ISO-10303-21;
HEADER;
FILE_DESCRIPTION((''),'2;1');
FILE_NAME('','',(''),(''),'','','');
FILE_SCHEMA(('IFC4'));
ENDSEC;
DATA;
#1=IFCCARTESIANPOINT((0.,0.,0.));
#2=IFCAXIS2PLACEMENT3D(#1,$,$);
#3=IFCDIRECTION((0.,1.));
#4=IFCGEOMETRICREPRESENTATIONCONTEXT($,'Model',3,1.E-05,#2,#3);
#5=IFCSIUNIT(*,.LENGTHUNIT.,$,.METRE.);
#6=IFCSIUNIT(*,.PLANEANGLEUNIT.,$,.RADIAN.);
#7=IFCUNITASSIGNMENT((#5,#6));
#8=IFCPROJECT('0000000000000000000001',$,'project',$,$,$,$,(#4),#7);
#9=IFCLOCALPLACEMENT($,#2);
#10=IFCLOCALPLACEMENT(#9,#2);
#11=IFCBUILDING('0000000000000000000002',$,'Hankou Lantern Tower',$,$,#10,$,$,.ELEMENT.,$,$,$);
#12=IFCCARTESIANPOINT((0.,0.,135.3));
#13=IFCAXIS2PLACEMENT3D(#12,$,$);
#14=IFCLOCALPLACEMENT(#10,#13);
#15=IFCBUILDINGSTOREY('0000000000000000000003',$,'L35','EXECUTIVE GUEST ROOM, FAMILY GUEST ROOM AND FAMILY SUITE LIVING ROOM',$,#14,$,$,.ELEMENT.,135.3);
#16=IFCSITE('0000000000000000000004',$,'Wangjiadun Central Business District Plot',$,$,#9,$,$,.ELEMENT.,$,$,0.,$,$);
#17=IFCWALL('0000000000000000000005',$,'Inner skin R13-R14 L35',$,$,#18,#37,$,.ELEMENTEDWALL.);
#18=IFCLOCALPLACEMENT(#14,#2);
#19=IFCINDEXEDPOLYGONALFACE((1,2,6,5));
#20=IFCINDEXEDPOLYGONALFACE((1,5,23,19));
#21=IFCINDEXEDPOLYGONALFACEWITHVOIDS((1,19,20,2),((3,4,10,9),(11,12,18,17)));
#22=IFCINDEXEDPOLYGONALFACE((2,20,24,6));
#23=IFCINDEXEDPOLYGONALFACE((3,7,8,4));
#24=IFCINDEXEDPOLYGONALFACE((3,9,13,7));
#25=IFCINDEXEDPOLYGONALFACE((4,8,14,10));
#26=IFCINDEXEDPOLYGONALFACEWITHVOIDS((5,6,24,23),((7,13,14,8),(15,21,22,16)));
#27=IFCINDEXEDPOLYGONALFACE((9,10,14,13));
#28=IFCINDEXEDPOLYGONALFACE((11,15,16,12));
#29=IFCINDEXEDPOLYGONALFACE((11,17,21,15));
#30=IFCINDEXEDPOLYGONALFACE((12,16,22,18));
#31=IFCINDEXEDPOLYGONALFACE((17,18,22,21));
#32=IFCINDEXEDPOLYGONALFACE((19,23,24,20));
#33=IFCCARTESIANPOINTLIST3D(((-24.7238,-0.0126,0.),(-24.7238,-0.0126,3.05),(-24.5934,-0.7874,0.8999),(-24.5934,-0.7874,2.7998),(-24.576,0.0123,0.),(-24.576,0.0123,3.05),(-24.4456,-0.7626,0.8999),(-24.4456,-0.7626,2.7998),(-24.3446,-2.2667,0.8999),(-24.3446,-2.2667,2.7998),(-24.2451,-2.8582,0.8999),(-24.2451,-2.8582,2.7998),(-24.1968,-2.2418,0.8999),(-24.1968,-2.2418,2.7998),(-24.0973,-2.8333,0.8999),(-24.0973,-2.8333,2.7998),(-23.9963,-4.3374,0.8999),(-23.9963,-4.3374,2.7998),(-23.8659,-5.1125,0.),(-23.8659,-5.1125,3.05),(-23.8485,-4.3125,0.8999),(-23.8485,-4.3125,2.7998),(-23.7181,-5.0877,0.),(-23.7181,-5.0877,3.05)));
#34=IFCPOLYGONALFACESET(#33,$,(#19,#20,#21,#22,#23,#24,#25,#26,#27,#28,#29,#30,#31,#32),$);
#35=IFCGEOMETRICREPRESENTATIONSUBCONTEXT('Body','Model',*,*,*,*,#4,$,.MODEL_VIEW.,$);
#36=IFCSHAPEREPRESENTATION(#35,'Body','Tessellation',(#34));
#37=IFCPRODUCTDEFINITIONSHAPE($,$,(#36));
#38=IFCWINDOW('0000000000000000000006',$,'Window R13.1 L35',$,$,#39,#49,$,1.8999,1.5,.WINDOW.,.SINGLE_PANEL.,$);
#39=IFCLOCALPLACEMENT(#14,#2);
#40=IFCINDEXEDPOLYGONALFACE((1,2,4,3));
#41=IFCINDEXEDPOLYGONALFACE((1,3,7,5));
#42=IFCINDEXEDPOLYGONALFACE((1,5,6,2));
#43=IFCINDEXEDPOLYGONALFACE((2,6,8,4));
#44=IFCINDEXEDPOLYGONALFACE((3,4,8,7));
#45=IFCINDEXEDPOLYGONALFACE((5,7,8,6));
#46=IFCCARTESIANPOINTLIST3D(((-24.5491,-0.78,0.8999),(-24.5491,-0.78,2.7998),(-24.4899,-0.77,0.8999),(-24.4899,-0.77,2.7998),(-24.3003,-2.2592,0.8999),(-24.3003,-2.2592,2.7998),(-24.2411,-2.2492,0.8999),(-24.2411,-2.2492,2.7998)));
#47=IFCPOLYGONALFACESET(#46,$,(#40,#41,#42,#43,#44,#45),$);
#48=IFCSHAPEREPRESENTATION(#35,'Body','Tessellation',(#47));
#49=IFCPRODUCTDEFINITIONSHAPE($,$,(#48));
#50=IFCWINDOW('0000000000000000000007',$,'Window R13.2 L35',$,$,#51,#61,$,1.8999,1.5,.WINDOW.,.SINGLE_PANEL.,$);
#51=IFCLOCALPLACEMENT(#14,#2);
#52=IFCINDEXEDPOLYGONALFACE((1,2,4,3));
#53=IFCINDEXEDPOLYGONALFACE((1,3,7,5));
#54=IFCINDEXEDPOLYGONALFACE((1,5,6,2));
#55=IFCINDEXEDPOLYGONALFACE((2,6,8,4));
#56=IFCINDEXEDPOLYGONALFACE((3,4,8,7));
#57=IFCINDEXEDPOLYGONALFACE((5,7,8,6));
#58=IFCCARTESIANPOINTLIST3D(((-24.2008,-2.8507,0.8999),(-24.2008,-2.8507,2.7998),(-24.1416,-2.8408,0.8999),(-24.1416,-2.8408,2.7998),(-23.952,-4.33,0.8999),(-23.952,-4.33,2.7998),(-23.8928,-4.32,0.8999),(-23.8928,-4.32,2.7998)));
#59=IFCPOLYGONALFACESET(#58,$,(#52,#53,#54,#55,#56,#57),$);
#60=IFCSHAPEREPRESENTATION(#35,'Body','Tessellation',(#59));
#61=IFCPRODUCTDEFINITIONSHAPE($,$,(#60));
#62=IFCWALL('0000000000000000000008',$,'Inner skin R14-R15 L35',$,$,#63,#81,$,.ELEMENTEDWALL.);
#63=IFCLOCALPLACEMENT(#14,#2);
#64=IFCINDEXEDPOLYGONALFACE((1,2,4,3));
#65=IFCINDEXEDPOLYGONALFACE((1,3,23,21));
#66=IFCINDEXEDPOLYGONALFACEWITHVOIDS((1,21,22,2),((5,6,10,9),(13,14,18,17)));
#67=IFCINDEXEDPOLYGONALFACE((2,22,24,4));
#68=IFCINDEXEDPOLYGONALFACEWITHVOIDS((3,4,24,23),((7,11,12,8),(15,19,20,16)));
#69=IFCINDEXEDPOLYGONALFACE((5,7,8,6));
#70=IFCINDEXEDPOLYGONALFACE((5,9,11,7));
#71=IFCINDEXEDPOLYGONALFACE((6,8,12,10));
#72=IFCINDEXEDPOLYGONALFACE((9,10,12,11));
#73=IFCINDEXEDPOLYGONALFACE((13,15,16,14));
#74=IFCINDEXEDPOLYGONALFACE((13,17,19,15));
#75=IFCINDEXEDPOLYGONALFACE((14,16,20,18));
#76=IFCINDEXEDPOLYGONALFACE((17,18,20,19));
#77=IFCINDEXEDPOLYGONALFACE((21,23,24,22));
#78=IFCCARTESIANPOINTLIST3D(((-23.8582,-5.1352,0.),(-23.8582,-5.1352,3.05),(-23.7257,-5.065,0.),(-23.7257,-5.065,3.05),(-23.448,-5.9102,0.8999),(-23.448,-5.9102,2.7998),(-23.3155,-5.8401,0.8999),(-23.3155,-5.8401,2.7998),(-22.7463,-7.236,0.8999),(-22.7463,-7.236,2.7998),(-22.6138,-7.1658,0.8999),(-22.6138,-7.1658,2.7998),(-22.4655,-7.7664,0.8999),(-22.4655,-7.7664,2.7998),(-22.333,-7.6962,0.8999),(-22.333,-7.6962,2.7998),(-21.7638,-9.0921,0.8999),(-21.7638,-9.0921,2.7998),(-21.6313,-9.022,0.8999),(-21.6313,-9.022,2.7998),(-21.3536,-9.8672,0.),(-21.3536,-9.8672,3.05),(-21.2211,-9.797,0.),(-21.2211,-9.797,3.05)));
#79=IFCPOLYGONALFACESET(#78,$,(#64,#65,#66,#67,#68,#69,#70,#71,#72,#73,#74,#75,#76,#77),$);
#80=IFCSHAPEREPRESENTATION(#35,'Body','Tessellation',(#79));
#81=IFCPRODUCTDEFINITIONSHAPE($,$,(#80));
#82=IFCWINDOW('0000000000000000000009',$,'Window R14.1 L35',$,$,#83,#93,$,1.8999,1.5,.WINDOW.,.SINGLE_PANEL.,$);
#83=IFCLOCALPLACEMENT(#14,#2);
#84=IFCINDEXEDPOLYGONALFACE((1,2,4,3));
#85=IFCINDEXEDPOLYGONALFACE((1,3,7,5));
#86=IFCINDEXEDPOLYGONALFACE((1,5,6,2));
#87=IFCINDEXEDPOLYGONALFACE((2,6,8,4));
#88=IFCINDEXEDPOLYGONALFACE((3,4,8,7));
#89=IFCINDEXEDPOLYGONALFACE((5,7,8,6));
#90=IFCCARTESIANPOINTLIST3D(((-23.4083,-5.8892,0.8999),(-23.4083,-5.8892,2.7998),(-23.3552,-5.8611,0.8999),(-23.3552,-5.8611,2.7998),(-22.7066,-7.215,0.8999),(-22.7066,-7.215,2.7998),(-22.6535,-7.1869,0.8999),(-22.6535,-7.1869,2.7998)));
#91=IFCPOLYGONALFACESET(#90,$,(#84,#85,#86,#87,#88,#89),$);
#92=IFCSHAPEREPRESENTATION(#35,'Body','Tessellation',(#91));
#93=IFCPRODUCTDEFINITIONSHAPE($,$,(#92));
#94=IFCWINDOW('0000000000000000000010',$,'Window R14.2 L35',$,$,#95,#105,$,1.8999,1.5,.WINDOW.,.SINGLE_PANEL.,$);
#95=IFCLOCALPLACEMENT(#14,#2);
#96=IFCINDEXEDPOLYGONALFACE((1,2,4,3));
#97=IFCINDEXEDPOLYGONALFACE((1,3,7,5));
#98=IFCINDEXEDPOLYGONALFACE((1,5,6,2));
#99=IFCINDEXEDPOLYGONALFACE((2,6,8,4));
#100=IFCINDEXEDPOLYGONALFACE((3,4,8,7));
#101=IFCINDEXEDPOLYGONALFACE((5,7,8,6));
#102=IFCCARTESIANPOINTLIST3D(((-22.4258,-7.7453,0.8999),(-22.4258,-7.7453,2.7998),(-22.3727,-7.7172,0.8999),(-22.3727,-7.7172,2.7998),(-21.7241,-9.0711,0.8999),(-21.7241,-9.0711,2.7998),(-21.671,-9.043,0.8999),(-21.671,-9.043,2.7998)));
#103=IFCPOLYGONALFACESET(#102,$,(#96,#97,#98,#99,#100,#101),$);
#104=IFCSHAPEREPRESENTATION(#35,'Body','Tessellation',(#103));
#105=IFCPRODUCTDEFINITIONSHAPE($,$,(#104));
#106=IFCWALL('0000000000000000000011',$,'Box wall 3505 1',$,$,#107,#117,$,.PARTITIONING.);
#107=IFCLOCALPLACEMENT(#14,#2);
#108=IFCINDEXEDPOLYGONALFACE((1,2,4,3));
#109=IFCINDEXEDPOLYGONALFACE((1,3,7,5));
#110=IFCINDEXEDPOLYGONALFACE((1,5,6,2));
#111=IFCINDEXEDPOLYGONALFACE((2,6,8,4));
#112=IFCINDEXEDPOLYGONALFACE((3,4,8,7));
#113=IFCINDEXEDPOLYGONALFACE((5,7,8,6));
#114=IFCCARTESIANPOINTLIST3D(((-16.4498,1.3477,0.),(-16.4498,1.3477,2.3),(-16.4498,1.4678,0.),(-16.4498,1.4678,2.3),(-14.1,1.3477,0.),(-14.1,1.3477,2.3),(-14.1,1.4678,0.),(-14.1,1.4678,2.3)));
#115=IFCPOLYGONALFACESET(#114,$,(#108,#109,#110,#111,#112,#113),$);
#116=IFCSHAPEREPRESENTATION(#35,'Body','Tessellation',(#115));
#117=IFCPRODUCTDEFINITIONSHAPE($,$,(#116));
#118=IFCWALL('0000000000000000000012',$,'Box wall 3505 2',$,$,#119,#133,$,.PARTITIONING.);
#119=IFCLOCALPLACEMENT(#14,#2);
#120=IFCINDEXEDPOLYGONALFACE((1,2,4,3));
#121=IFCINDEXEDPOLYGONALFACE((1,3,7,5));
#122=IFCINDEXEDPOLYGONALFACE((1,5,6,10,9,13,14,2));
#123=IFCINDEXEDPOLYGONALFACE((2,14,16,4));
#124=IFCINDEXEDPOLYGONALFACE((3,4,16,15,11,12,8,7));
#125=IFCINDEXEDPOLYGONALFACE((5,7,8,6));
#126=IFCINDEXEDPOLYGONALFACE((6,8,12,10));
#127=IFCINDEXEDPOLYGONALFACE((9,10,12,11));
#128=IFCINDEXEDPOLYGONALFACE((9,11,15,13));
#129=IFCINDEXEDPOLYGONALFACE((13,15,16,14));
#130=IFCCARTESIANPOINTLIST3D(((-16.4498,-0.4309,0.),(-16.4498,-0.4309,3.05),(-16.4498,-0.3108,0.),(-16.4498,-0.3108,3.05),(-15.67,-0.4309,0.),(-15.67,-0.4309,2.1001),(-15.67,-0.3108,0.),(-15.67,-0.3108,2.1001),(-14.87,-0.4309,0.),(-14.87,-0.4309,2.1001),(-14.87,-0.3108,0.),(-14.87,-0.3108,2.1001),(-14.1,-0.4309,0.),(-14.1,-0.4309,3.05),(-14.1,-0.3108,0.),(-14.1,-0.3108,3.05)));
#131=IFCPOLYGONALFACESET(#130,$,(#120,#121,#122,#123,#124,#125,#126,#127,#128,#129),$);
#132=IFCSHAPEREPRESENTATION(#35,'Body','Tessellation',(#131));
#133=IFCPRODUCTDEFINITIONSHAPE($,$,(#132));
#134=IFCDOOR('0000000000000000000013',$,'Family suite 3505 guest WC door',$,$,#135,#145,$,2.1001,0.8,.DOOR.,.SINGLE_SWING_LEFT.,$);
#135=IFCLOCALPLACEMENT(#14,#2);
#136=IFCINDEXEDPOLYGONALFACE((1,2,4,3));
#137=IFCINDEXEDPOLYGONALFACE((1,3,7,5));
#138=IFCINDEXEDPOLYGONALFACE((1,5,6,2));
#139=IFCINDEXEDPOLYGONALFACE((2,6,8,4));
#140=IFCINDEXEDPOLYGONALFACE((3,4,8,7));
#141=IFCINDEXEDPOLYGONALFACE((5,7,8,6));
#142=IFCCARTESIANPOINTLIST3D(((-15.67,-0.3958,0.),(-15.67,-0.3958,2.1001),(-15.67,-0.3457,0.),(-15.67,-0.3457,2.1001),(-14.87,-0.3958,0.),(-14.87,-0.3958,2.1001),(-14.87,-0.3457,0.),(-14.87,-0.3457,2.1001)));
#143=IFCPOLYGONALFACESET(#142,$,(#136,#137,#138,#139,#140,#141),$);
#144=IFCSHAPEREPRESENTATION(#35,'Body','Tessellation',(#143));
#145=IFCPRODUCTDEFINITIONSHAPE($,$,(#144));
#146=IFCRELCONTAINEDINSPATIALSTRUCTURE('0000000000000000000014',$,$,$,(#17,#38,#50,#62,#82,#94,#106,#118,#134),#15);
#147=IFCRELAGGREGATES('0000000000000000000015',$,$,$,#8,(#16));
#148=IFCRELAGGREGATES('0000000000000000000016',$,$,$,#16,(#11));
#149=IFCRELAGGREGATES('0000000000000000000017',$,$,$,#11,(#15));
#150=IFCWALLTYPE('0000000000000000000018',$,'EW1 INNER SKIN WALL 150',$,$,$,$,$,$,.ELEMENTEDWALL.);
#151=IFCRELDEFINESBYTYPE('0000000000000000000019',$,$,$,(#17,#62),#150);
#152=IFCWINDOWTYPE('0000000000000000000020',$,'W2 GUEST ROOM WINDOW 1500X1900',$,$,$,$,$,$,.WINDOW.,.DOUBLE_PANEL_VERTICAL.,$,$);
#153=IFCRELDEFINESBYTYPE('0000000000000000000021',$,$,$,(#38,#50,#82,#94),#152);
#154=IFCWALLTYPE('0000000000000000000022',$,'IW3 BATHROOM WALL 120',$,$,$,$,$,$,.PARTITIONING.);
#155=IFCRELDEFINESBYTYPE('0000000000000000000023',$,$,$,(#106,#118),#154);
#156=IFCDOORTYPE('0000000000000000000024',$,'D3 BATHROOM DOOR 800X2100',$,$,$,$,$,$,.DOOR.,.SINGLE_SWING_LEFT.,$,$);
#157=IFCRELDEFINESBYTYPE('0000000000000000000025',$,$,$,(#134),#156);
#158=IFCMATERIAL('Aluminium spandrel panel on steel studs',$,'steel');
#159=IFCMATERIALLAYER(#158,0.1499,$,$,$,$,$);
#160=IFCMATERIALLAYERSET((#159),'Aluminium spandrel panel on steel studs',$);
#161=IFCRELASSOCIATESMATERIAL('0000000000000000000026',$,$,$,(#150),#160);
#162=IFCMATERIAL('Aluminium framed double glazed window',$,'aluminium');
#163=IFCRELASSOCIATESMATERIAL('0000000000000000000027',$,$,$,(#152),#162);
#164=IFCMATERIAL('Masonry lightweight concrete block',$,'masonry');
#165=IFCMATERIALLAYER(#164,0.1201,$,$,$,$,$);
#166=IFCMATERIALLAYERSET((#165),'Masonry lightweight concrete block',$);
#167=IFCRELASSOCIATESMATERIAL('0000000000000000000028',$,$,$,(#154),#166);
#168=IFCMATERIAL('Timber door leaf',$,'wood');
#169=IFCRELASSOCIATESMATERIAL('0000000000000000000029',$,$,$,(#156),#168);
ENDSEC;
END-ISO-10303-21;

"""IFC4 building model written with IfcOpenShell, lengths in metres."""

from ifc_helpers import new_model, si_unit, direction, frame, frame_2d, origin, place, context, subcontext, project, spatial, rectangle, extrude, material, layer, layer_set, type_object, element, fill, save


model = new_model("IFC4")

# Units and contexts
model_context = context("Model", 3, precision=1e-05, world=origin(), true_north=direction((0.0, 1.0)))
body_context = subcontext(model_context, "Body", "Model", "MODEL_VIEW")
ifc_project = project(units=[si_unit("LENGTHUNIT", "METRE"), si_unit("PLANEANGLEUNIT", "RADIAN")], contexts=[model_context])

# Site, building, storey
site_placement = place(None, origin())
site = spatial("IfcSite", under=ifc_project, at=site_placement, Name="Wangjiadun Central Business District Plot", CompositionType="ELEMENT", RefElevation=0.0)
building_placement = place(site_placement, origin())
building = spatial("IfcBuilding", under=site, at=building_placement, Name="Hankou Lantern Tower", CompositionType="ELEMENT")
storey_placement = place(building_placement, frame((0.0, 0.0, 135.3)))
storey = spatial("IfcBuildingStorey", under=building, at=storey_placement, Name="L35", Description="EXECUTIVE GUEST ROOM, FAMILY GUEST ROOM AND FAMILY SUITE LIVING ROOM", CompositionType="ELEMENT", Elevation=135.3)

# Walls, openings, windows
ifc_material_1 = material(Name="Aluminium spandrel panel on steel studs", Category="steel")
ifc_layer_1 = layer(ifc_material_1, 0.1499)
ifc_layer_set_1 = layer_set([ifc_layer_1], Name="Aluminium spandrel panel on steel studs")
wall_type_1 = type_object("IfcWallType", Name="EW1 INNER SKIN WALL 150", PredefinedType="ELEMENTEDWALL", material=ifc_layer_set_1)
wall_1_placement = place(storey_placement, frame((-24.6499, 0.0, 0.0), z_axis=(0.0, 0.0, 1.0), x_axis=(0.165884, -0.986145, 0.0)))
wall_1 = element("IfcWall", 1, at=wall_1_placement, inside=storey, type_object=wall_type_1, Name="Inner skin R13-R14 L35", PredefinedType="ELEMENTEDWALL", context=body_context, shape_type="SweptSolid", body=[
    extrude(rectangle(XDim=5.1716, YDim=0.1499, at=frame_2d((2.5859, 0.0))), origin(), (0.0, 0.0, 1.0), 3.05),
])
opening_1_placement = place(wall_1_placement, frame((0.7859, 0.0, 0.8999)))
opening_1 = element("IfcOpeningElement", 2, at=opening_1_placement, cuts=wall_1, PredefinedType="OPENING", context=body_context, shape_type="SweptSolid", body=[
    extrude(rectangle(XDim=1.5, YDim=1.8999, at=frame_2d((0.75, 0.95))), frame((0.0, 0.085, 0.0), z_axis=(0.0, -1.0, 0.0), x_axis=(1.0, 0.0, 0.0)), (0.0, 0.0, 1.0), 0.1699),
])
opening_2_placement = place(wall_1_placement, frame((2.8857, 0.0, 0.8999)))
opening_2 = element("IfcOpeningElement", 3, at=opening_2_placement, cuts=wall_1, PredefinedType="OPENING", context=body_context, shape_type="SweptSolid", body=[
    extrude(rectangle(XDim=1.5, YDim=1.8999, at=frame_2d((0.75, 0.95))), frame((0.0, 0.085, 0.0), z_axis=(0.0, -1.0, 0.0), x_axis=(1.0, 0.0, 0.0)), (0.0, 0.0, 1.0), 0.1699),
])
ifc_material_2 = material(Name="Aluminium framed double glazed window", Category="aluminium")
window_type = type_object("IfcWindowType", Name="W2 GUEST ROOM WINDOW 1500X1900", PartitioningType="DOUBLE_PANEL_VERTICAL", PredefinedType="WINDOW", material=ifc_material_2)
window_1_placement = place(opening_1_placement, origin())
window_1 = element("IfcWindow", 4, at=window_1_placement, inside=storey, type_object=window_type, Name="Window R13.1 L35", OverallHeight=1.8999, OverallWidth=1.5, PartitioningType="SINGLE_PANEL", PredefinedType="WINDOW", context=body_context, shape_type="SweptSolid", body=[
    extrude(rectangle(XDim=1.5, YDim=1.8999, at=frame_2d((0.75, 0.95))), frame((0.0, 0.03, 0.0), z_axis=(0.0, -1.0, 0.0), x_axis=(1.0, 0.0, 0.0)), (0.0, 0.0, 1.0), 0.0601),
])
fill(opening_1, window_1)
window_2_placement = place(opening_2_placement, origin())
window_2 = element("IfcWindow", 5, at=window_2_placement, inside=storey, type_object=window_type, Name="Window R13.2 L35", OverallHeight=1.8999, OverallWidth=1.5, PartitioningType="SINGLE_PANEL", PredefinedType="WINDOW", context=body_context, shape_type="SweptSolid", body=[
    extrude(rectangle(XDim=1.5, YDim=1.8999, at=frame_2d((0.75, 0.95))), frame((0.0, 0.03, 0.0), z_axis=(0.0, -1.0, 0.0), x_axis=(1.0, 0.0, 0.0)), (0.0, 0.0, 1.0), 0.0601),
])
fill(opening_2, window_2)
wall_2_placement = place(storey_placement, frame((-23.792, -5.1001, 0.0), z_axis=(0.0, 0.0, 1.0), x_axis=(0.467814, -0.883827, 0.0)))
wall_2 = element("IfcWall", 6, at=wall_2_placement, inside=storey, type_object=wall_type_1, Name="Inner skin R14-R15 L35", PredefinedType="ELEMENTEDWALL", context=body_context, shape_type="SweptSolid", body=[
    extrude(rectangle(XDim=5.354, YDim=0.1499, at=frame_2d((2.677, 0.0))), origin(), (0.0, 0.0, 1.0), 3.05),
])
opening_3_placement = place(wall_2_placement, frame((0.877, 0.0, 0.8999)))
opening_3 = element("IfcOpeningElement", 7, at=opening_3_placement, cuts=wall_2, PredefinedType="OPENING", context=body_context, shape_type="SweptSolid", body=[
    extrude(rectangle(XDim=1.5, YDim=1.8999, at=frame_2d((0.75, 0.95))), frame((0.0, 0.085, 0.0), z_axis=(0.0, -1.0, 0.0), x_axis=(1.0, 0.0, 0.0)), (0.0, 0.0, 1.0), 0.1699),
])
opening_4_placement = place(wall_2_placement, frame((2.9771, 0.0, 0.8999)))
opening_4 = element("IfcOpeningElement", 8, at=opening_4_placement, cuts=wall_2, PredefinedType="OPENING", context=body_context, shape_type="SweptSolid", body=[
    extrude(rectangle(XDim=1.5, YDim=1.8999, at=frame_2d((0.75, 0.95))), frame((0.0, 0.085, 0.0), z_axis=(0.0, -1.0, 0.0), x_axis=(1.0, 0.0, 0.0)), (0.0, 0.0, 1.0), 0.1699),
])
window_3_placement = place(opening_3_placement, origin())
window_3 = element("IfcWindow", 9, at=window_3_placement, inside=storey, type_object=window_type, Name="Window R14.1 L35", OverallHeight=1.8999, OverallWidth=1.5, PartitioningType="SINGLE_PANEL", PredefinedType="WINDOW", context=body_context, shape_type="SweptSolid", body=[
    extrude(rectangle(XDim=1.5, YDim=1.8999, at=frame_2d((0.75, 0.95))), frame((0.0, 0.03, 0.0), z_axis=(0.0, -1.0, 0.0), x_axis=(1.0, 0.0, 0.0)), (0.0, 0.0, 1.0), 0.0601),
])
fill(opening_3, window_3)
window_4_placement = place(opening_4_placement, origin())
window_4 = element("IfcWindow", 10, at=window_4_placement, inside=storey, type_object=window_type, Name="Window R14.2 L35", OverallHeight=1.8999, OverallWidth=1.5, PartitioningType="SINGLE_PANEL", PredefinedType="WINDOW", context=body_context, shape_type="SweptSolid", body=[
    extrude(rectangle(XDim=1.5, YDim=1.8999, at=frame_2d((0.75, 0.95))), frame((0.0, 0.03, 0.0), z_axis=(0.0, -1.0, 0.0), x_axis=(1.0, 0.0, 0.0)), (0.0, 0.0, 1.0), 0.0601),
])
fill(opening_4, window_4)

# Wall
ifc_material_3 = material(Name="Masonry lightweight concrete block", Category="masonry")
ifc_layer_2 = layer(ifc_material_3, 0.1201)
ifc_layer_set_2 = layer_set([ifc_layer_2], Name="Masonry lightweight concrete block")
wall_type_2 = type_object("IfcWallType", Name="IW3 BATHROOM WALL 120", PredefinedType="PARTITIONING", material=ifc_layer_set_2)
wall_3_placement = place(storey_placement, frame((-14.1001, 1.4077, 0.0), z_axis=(0.0, 0.0, 1.0), x_axis=(-1.0, 0.0, 0.0)))
element("IfcWall", 11, at=wall_3_placement, inside=storey, type_object=wall_type_2, Name="Box wall 3505 1", PredefinedType="PARTITIONING", context=body_context, shape_type="SweptSolid", body=[
    extrude(rectangle(XDim=2.3499, YDim=0.1201, at=frame_2d((1.1748, 0.0))), origin(), (0.0, 0.0, 1.0), 2.3),
])

# Wall, opening, door
wall_4_placement = place(storey_placement, frame((-14.1001, -0.3708, 0.0), z_axis=(0.0, 0.0, 1.0), x_axis=(-1.0, 0.0, 0.0)))
wall_4 = element("IfcWall", 12, at=wall_4_placement, inside=storey, type_object=wall_type_2, Name="Box wall 3505 2", PredefinedType="PARTITIONING", context=body_context, shape_type="SweptSolid", body=[
    extrude(rectangle(XDim=2.3499, YDim=0.1201, at=frame_2d((1.1748, 0.0))), origin(), (0.0, 0.0, 1.0), 3.05),
])
opening_5_placement = place(wall_4_placement, frame((0.77, 0.0, 0.0)))
opening_5 = element("IfcOpeningElement", 13, at=opening_5_placement, cuts=wall_4, PredefinedType="OPENING", context=body_context, shape_type="SweptSolid", body=[
    extrude(rectangle(XDim=0.8, YDim=2.1001, at=frame_2d((0.3999, 1.05))), frame((0.0, 0.0701, 0.0), z_axis=(0.0, -1.0, 0.0), x_axis=(1.0, 0.0, 0.0)), (0.0, 0.0, 1.0), 0.1401),
])
ifc_material_4 = material(Name="Timber door leaf", Category="wood")
door_type_1 = type_object("IfcDoorType", Name="D3 BATHROOM DOOR 800X2100", OperationType="SINGLE_SWING_LEFT", PredefinedType="DOOR", material=ifc_material_4)
door_1_placement = place(opening_5_placement, origin())
door_1 = element("IfcDoor", 14, at=door_1_placement, inside=storey, type_object=door_type_1, Name="Family suite 3505 guest WC door", OperationType="SINGLE_SWING_LEFT", OverallHeight=2.1001, OverallWidth=0.8, PredefinedType="DOOR", context=body_context, shape_type="SweptSolid", body=[
    extrude(rectangle(XDim=0.8, YDim=2.1001, at=frame_2d((0.3999, 1.05))), frame((0.0, 0.0249, 0.0), z_axis=(0.0, -1.0, 0.0), x_axis=(1.0, 0.0, 0.0)), (0.0, 0.0, 1.0), 0.05),
])
fill(opening_5, door_1)

save(model, "model.ifc")
